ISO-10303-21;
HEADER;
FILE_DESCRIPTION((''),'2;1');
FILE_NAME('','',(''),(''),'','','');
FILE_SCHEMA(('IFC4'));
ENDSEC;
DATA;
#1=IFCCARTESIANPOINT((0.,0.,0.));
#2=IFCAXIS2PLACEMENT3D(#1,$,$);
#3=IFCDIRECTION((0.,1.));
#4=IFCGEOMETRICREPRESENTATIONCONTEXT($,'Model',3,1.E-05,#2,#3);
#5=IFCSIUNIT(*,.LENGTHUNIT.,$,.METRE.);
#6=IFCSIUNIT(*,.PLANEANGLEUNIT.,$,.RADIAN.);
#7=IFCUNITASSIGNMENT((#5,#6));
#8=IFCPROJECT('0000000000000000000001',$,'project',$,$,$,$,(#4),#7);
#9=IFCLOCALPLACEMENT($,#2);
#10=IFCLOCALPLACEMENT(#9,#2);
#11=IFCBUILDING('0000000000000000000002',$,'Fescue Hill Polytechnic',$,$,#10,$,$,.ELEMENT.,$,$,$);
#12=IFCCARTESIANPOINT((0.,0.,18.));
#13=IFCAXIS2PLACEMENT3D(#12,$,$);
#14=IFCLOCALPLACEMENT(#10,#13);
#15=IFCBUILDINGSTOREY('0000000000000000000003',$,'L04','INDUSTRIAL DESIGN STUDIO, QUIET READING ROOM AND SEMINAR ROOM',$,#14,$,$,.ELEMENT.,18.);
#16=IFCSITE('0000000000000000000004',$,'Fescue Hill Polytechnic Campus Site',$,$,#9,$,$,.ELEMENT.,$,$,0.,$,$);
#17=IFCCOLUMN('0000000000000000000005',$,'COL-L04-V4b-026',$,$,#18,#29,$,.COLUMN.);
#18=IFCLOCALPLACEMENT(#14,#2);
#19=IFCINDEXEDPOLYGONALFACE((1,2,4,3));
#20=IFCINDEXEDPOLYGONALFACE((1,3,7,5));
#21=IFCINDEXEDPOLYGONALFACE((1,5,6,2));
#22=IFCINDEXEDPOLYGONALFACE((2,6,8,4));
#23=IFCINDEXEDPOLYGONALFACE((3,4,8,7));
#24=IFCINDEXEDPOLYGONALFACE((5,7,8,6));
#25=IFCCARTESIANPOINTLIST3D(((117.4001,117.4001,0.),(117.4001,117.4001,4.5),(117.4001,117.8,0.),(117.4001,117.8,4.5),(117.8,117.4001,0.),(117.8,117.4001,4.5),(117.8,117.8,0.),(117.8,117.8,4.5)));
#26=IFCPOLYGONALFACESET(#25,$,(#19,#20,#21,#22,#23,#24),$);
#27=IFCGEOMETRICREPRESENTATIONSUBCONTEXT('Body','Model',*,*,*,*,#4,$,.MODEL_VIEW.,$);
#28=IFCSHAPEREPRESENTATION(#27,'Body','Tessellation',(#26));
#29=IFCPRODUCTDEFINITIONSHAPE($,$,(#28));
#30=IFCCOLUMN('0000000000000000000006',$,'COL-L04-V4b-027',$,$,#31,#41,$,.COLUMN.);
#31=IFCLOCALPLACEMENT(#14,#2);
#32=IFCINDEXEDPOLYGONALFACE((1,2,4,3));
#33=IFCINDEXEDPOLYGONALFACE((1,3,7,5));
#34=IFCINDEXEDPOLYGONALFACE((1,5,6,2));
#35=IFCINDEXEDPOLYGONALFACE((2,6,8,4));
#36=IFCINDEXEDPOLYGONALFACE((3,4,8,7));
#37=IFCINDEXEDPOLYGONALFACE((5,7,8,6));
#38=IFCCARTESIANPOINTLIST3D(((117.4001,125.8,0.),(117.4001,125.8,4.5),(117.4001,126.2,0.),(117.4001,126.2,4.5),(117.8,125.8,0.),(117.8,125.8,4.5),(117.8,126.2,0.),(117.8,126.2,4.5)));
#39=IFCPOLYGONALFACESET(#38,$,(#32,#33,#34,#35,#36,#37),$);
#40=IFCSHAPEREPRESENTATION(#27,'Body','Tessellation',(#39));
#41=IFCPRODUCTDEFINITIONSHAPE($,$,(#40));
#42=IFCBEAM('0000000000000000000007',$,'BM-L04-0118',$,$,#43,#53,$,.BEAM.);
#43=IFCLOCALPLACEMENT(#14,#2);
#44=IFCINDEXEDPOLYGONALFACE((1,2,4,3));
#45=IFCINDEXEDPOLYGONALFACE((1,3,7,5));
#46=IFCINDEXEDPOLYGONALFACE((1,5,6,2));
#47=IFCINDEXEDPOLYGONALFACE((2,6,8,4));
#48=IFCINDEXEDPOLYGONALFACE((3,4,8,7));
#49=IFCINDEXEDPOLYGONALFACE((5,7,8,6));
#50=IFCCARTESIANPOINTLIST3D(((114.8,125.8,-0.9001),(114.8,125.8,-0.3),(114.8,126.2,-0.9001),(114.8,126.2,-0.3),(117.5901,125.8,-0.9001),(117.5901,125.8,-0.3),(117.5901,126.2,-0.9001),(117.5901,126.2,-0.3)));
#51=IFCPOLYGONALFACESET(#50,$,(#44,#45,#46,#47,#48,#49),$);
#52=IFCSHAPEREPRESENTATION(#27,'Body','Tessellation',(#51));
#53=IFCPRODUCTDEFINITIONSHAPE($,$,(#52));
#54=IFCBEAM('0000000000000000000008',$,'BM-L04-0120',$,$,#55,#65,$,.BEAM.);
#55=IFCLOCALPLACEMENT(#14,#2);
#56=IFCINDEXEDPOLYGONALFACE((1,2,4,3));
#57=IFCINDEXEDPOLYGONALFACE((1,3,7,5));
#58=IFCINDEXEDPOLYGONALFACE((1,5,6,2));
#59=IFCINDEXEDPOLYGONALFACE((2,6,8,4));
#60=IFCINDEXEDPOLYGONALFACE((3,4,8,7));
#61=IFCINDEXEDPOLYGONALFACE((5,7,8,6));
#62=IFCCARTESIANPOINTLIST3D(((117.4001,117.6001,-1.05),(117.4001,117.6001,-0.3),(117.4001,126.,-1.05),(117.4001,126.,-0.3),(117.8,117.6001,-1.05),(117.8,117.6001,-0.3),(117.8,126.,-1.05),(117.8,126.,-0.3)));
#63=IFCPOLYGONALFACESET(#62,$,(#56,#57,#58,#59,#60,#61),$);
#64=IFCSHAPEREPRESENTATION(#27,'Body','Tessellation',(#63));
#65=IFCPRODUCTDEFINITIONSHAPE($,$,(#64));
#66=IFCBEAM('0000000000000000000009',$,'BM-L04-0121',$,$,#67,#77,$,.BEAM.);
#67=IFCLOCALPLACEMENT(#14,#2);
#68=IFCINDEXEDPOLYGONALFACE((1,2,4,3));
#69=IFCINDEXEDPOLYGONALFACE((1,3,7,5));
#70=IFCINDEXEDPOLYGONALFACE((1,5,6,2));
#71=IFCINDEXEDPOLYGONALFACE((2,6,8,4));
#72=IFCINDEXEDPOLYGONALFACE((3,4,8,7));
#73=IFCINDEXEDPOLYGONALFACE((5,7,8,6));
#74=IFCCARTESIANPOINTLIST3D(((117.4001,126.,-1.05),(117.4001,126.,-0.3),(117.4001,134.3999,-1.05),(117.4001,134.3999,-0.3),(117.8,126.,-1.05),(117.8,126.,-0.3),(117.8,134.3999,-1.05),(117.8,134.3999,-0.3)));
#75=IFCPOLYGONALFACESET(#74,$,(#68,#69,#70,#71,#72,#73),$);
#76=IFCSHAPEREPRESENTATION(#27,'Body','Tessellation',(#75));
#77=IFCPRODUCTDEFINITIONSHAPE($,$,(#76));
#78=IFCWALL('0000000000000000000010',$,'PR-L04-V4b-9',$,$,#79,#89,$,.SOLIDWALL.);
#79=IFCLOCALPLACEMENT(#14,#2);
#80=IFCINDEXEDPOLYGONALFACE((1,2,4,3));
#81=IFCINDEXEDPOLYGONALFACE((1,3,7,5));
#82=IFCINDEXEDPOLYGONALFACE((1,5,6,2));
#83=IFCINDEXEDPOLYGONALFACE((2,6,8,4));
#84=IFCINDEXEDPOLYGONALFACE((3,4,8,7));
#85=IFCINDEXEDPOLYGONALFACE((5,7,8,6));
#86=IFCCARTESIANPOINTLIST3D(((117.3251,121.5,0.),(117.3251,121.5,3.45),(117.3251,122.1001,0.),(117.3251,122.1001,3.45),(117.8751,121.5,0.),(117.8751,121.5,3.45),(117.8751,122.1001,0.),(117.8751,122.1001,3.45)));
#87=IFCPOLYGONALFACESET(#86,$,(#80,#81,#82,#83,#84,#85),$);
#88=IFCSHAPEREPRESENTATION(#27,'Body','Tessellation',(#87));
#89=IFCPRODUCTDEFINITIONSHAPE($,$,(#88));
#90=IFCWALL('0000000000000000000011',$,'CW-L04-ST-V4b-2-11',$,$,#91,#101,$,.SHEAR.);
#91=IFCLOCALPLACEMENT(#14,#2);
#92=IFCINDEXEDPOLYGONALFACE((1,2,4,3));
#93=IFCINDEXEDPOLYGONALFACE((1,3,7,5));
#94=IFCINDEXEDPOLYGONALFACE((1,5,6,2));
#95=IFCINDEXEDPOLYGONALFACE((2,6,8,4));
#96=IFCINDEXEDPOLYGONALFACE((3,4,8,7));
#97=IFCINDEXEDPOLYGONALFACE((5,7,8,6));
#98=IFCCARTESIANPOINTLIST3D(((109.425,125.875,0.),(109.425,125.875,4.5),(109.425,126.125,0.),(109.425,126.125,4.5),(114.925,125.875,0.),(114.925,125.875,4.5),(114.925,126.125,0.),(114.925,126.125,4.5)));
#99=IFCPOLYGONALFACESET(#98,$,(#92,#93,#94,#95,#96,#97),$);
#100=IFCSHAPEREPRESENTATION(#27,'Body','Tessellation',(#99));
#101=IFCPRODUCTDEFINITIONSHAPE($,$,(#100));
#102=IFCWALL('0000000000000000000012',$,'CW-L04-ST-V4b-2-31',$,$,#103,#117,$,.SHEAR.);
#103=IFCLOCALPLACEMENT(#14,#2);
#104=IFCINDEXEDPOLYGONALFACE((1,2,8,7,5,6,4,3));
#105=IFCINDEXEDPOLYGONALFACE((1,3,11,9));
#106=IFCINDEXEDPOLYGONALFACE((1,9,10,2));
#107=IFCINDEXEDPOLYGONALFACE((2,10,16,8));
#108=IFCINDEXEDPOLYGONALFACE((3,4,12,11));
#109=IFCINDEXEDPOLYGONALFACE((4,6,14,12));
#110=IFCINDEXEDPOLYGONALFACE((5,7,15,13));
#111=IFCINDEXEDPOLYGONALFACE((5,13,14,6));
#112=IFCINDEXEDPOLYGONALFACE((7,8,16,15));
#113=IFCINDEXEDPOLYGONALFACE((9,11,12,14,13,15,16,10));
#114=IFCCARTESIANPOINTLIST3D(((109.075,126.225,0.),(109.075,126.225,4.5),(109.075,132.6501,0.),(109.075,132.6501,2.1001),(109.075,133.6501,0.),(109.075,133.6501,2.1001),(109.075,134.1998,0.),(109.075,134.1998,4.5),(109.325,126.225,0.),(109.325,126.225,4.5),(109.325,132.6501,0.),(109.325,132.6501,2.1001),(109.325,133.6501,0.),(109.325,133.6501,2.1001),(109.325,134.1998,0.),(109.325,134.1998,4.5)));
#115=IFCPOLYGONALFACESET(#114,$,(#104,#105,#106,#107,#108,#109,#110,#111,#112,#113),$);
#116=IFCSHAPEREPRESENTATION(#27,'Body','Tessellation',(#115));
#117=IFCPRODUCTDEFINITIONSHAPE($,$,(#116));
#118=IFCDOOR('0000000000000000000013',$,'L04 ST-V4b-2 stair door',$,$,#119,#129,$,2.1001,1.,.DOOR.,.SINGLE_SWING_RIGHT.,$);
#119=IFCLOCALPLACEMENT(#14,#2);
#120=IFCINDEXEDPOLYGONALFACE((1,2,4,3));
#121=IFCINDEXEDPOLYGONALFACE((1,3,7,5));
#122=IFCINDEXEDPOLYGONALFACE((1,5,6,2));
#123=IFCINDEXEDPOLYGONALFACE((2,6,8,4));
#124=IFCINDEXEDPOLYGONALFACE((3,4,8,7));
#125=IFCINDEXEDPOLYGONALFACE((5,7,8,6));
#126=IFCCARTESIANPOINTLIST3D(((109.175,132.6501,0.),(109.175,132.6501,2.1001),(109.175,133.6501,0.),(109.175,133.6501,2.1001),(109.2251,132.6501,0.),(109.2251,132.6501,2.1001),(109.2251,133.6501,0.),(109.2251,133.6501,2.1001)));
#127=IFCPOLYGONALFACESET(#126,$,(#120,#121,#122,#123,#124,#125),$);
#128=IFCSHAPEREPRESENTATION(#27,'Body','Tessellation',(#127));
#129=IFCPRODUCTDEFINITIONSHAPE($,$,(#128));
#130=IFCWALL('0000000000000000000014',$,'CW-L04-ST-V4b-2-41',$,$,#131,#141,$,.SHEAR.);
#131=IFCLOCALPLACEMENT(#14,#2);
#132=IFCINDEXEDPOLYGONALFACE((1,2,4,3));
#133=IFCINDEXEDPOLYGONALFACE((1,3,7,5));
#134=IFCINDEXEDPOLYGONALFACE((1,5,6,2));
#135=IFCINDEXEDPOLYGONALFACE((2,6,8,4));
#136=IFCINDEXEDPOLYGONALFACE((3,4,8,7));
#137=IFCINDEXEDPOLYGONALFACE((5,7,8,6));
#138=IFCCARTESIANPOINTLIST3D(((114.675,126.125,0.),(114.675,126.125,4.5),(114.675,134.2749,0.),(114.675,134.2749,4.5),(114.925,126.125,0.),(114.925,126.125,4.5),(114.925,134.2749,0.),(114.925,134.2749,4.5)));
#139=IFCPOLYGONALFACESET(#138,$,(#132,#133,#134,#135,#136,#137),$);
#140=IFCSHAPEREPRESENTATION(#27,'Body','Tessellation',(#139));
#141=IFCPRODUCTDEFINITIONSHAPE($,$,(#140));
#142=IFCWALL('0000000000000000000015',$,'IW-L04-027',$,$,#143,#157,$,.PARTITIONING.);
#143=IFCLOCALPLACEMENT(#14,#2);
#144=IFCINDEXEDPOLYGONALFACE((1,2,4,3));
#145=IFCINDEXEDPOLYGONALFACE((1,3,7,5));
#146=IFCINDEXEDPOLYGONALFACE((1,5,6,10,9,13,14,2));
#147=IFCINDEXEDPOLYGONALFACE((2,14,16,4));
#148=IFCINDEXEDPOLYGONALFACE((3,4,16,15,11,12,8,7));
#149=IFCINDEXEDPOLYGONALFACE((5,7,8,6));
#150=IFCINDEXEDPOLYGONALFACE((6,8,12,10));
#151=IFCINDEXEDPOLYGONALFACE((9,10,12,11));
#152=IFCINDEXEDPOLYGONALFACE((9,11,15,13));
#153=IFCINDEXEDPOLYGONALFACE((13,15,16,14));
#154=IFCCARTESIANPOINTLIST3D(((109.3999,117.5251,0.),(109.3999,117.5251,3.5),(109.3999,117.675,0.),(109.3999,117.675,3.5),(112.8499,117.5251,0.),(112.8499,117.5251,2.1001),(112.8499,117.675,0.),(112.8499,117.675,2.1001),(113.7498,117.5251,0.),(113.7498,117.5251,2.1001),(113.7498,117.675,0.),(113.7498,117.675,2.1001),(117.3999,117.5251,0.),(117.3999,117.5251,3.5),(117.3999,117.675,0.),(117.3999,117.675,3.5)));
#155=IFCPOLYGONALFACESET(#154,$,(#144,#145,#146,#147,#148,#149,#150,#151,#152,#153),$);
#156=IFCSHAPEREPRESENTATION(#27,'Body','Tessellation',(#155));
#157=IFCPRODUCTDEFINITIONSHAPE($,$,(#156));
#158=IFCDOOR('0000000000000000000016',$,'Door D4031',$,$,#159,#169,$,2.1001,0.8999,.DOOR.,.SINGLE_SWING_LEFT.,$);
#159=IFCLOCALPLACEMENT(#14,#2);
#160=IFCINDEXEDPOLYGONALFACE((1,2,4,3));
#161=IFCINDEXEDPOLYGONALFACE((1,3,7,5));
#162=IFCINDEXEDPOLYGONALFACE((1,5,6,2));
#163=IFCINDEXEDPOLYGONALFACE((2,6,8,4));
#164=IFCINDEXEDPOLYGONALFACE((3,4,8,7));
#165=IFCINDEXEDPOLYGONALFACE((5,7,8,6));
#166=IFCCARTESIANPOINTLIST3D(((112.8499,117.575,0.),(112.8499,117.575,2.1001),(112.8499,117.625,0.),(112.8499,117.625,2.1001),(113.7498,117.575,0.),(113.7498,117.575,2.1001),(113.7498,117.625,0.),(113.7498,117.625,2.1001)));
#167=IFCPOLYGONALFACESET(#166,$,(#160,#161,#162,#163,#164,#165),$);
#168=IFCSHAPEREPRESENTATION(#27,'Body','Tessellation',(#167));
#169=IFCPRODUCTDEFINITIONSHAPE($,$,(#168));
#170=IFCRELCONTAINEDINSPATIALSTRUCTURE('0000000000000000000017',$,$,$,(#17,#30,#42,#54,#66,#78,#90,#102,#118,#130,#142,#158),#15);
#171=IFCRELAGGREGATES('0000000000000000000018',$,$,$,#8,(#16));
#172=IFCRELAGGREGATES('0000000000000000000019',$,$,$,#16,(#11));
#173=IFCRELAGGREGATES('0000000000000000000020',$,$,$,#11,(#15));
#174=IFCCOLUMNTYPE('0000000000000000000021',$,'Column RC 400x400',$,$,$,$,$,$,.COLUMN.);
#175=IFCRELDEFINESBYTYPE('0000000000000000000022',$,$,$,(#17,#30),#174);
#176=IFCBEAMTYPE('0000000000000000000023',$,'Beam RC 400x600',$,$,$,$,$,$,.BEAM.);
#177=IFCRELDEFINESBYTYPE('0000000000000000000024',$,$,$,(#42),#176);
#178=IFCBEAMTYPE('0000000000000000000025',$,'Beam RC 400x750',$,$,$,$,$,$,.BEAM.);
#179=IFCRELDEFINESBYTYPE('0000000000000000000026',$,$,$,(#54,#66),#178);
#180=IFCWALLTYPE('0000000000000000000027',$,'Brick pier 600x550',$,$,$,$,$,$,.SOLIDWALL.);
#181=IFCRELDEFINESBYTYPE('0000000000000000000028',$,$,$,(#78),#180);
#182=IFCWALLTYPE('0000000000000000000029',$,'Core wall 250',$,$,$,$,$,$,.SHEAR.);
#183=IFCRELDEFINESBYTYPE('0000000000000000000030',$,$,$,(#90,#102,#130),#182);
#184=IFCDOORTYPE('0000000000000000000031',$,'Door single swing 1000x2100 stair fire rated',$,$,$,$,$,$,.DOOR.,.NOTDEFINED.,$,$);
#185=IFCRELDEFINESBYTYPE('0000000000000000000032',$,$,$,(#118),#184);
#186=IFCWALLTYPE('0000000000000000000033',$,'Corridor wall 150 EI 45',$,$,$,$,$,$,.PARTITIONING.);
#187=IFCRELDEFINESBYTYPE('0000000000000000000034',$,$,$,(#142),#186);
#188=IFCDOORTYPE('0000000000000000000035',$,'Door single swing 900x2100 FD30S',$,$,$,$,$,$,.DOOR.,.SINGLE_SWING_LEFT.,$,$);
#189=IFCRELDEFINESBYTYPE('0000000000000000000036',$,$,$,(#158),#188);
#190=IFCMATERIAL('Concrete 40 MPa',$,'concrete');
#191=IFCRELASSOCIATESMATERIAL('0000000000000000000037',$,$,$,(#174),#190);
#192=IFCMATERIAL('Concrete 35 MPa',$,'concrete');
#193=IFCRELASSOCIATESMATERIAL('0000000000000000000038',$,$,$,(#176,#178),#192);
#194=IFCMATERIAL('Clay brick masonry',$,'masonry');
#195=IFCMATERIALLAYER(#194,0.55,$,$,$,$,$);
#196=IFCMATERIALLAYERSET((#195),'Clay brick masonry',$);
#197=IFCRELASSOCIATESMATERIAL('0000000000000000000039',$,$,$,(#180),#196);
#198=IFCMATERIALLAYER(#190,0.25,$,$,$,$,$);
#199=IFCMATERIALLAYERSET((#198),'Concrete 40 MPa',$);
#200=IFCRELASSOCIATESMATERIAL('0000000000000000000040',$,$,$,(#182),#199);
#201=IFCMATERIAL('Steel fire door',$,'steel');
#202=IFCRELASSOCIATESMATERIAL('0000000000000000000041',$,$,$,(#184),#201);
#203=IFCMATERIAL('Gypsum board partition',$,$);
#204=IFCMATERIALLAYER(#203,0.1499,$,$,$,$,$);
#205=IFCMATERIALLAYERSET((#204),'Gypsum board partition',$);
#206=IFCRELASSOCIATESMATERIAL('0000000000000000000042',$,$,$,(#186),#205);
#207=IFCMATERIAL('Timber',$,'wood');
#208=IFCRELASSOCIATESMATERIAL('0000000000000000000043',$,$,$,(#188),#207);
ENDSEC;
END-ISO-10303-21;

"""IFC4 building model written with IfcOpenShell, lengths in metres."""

from ifc_helpers import new_model, si_unit, direction, frame, frame_2d, origin, origin_2d, place, context, subcontext, project, spatial, rectangle, extrude, material, layer, layer_set, material_profile, profile_set, type_object, element, fill, save


model = new_model("IFC4")

# Units and contexts
model_context = context("Model", 3, precision=1e-05, world=origin(), true_north=direction((0.0, 1.0)))
body_context = subcontext(model_context, "Body", "Model", "MODEL_VIEW")
ifc_project = project(units=[si_unit("LENGTHUNIT", "METRE"), si_unit("PLANEANGLEUNIT", "RADIAN")], contexts=[model_context])

# Site, building, storey
site_placement = place(None, origin())
site = spatial("IfcSite", under=ifc_project, at=site_placement, Name="Fescue Hill Polytechnic Campus Site", CompositionType="ELEMENT", RefElevation=0.0)
building_placement = place(site_placement, origin())
building = spatial("IfcBuilding", under=site, at=building_placement, Name="Fescue Hill Polytechnic", CompositionType="ELEMENT")
storey_placement = place(building_placement, frame((0.0, 0.0, 18.0)))
storey = spatial("IfcBuildingStorey", under=building, at=storey_placement, Name="L04", Description="INDUSTRIAL DESIGN STUDIO, QUIET READING ROOM AND SEMINAR ROOM", CompositionType="ELEMENT", Elevation=18.0)

# Columns
ifc_material_1 = material(Name="Concrete 40 MPa", Category="concrete")
ifc_material_profile_1 = material_profile(ifc_material_1, rectangle(XDim=0.3999, YDim=0.3999, at=origin_2d()), Name="RC 400x400")
ifc_profile_set_1 = profile_set([ifc_material_profile_1], Name="Concrete 40 MPa")
column_type = type_object("IfcColumnType", Name="Column RC 400x400", PredefinedType="COLUMN", material=ifc_profile_set_1)
for number, where, z_axis, x_axis, name in (
    (1, (117.6001, 117.6001, 0.0), (0.0, 0.0, 1.0), (1.0, 0.0, 0.0), "COL-L04-V4b-026"),
    (2, (117.6001, 126.0, 0.0), (0.0, 0.0, 1.0), (1.0, 0.0, 0.0), "COL-L04-V4b-027"),
):
    element("IfcColumn", number, at=place(storey_placement, frame(where, z_axis=z_axis, x_axis=x_axis)), inside=storey, type_object=column_type, Name=name, PredefinedType="COLUMN", context=body_context, shape_type="SweptSolid", body=[
        extrude(rectangle(XDim=0.3999, YDim=0.3999, at=origin_2d()), origin(), (0.0, 0.0, 1.0), 4.5),
    ])

# Beams
ifc_material_2 = material(Name="Concrete 35 MPa", Category="concrete")
ifc_material_profile_2 = material_profile(ifc_material_2, rectangle(XDim=0.3999, YDim=0.6001, at=origin_2d()), Name="RC 400x600")
ifc_profile_set_2 = profile_set([ifc_material_profile_2], Name="Concrete 35 MPa")
beam_type_1 = type_object("IfcBeamType", Name="Beam RC 400x600", PredefinedType="BEAM", material=ifc_profile_set_2)
beam_placement = place(storey_placement, frame((114.8, 126.0, -0.6001), z_axis=(1.0, 0.0, 0.0), x_axis=(0.0, 1.0, 0.0)))
element("IfcBeam", 3, at=beam_placement, inside=storey, type_object=beam_type_1, Name="BM-L04-0118", PredefinedType="BEAM", context=body_context, shape_type="SweptSolid", body=[
    extrude(rectangle(XDim=0.3999, YDim=0.6001, at=origin_2d()), origin(), (0.0, 0.0, 1.0), 2.79),
])
ifc_material_profile_3 = material_profile(ifc_material_2, rectangle(XDim=0.3999, YDim=0.75, at=origin_2d()), Name="RC 400x750")
ifc_profile_set_3 = profile_set([ifc_material_profile_3], Name="Concrete 35 MPa")
beam_type_2 = type_object("IfcBeamType", Name="Beam RC 400x750", PredefinedType="BEAM", material=ifc_profile_set_3)
for number, where, z_axis, x_axis, name in (
    (4, (117.6001, 117.6001, -0.675), (0.0, 1.0, 0.0), (-1.0, 0.0, 0.0), "BM-L04-0120"),
    (5, (117.6001, 126.0, -0.675), (0.0, 1.0, 0.0), (-1.0, 0.0, 0.0), "BM-L04-0121"),
):
    element("IfcBeam", number, at=place(storey_placement, frame(where, z_axis=z_axis, x_axis=x_axis)), inside=storey, type_object=beam_type_2, Name=name, PredefinedType="BEAM", context=body_context, shape_type="SweptSolid", body=[
        extrude(rectangle(XDim=0.3999, YDim=0.75, at=origin_2d()), origin(), (0.0, 0.0, 1.0), 8.3999),
    ])

# Walls
ifc_material_3 = material(Name="Clay brick masonry", Category="masonry")
ifc_layer_1 = layer(ifc_material_3, 0.55)
ifc_layer_set_1 = layer_set([ifc_layer_1], Name="Clay brick masonry")
wall_type_1 = type_object("IfcWallType", Name="Brick pier 600x550", PredefinedType="SOLIDWALL", material=ifc_layer_set_1)
wall_1_placement = place(storey_placement, frame((117.6001, 121.5, 0.0), z_axis=(0.0, 0.0, 1.0), x_axis=(0.0, 1.0, 0.0)))
element("IfcWall", 6, at=wall_1_placement, inside=storey, type_object=wall_type_1, Name="PR-L04-V4b-9", PredefinedType="SOLIDWALL", context=body_context, shape_type="SweptSolid", body=[
    extrude(rectangle(XDim=0.6001, YDim=0.55, at=frame_2d((0.3, 0.0))), origin(), (0.0, 0.0, 1.0), 3.45),
])
ifc_layer_2 = layer(ifc_material_1, 0.25)
ifc_layer_set_2 = layer_set([ifc_layer_2], Name="Concrete 40 MPa")
wall_type_2 = type_object("IfcWallType", Name="Core wall 250", PredefinedType="SHEAR", material=ifc_layer_set_2)
wall_2_placement = place(storey_placement, frame((109.425, 126.0, 0.0), z_axis=(0.0, 0.0, 1.0), x_axis=(1.0, 0.0, 0.0)))
element("IfcWall", 7, at=wall_2_placement, inside=storey, type_object=wall_type_2, Name="CW-L04-ST-V4b-2-11", PredefinedType="SHEAR", context=body_context, shape_type="SweptSolid", body=[
    extrude(rectangle(XDim=5.5, YDim=0.25, at=frame_2d((2.75, 0.0))), origin(), (0.0, 0.0, 1.0), 4.5),
])

# Wall, opening, door
wall_3_placement = place(storey_placement, frame((109.2, 126.2251, 0.0), z_axis=(0.0, 0.0, 1.0), x_axis=(0.0, 1.0, 0.0)))
wall_3 = element("IfcWall", 8, at=wall_3_placement, inside=storey, type_object=wall_type_2, Name="CW-L04-ST-V4b-2-31", PredefinedType="SHEAR", context=body_context, shape_type="SweptSolid", body=[
    extrude(rectangle(XDim=7.9749, YDim=0.25, at=frame_2d((3.9873, 0.0))), origin(), (0.0, 0.0, 1.0), 4.5),
])
opening_1_placement = place(wall_3_placement, frame((6.425, 0.0, 0.0)))
opening_1 = element("IfcOpeningElement", 9, at=opening_1_placement, cuts=wall_3, PredefinedType="OPENING", context=body_context, shape_type="SweptSolid", body=[
    extrude(rectangle(XDim=1.0, YDim=2.1001, at=frame_2d((0.5, 1.05))), frame((0.0, 0.135, 0.0), z_axis=(0.0, -1.0, 0.0), x_axis=(1.0, 0.0, 0.0)), (0.0, 0.0, 1.0), 0.27),
])
ifc_material_4 = material(Name="Steel fire door", Category="steel")
door_type_1 = type_object("IfcDoorType", Name="Door single swing 1000x2100 stair fire rated", OperationType="NOTDEFINED", PredefinedType="DOOR", material=ifc_material_4)
door_1_placement = place(opening_1_placement, origin())
door_1 = element("IfcDoor", 10, at=door_1_placement, inside=storey, type_object=door_type_1, Name="L04 ST-V4b-2 stair door", OperationType="SINGLE_SWING_RIGHT", OverallHeight=2.1001, OverallWidth=1.0, PredefinedType="DOOR", context=body_context, shape_type="SweptSolid", body=[
    extrude(rectangle(XDim=1.0, YDim=2.1001, at=frame_2d((0.5, 1.05))), frame((0.0, 0.0249, 0.0), z_axis=(0.0, -1.0, 0.0), x_axis=(1.0, 0.0, 0.0)), (0.0, 0.0, 1.0), 0.05),
])
fill(opening_1, door_1)

# Wall
wall_4_placement = place(storey_placement, frame((114.8, 126.125, 0.0), z_axis=(0.0, 0.0, 1.0), x_axis=(0.0, 1.0, 0.0)))
element("IfcWall", 11, at=wall_4_placement, inside=storey, type_object=wall_type_2, Name="CW-L04-ST-V4b-2-41", PredefinedType="SHEAR", context=body_context, shape_type="SweptSolid", body=[
    extrude(rectangle(XDim=8.1499, YDim=0.25, at=frame_2d((4.075, 0.0))), origin(), (0.0, 0.0, 1.0), 4.5),
])

# Wall, opening, door
ifc_material_5 = material(Name="Gypsum board partition")
ifc_layer_3 = layer(ifc_material_5, 0.1499)
ifc_layer_set_3 = layer_set([ifc_layer_3], Name="Gypsum board partition")
wall_type_3 = type_object("IfcWallType", Name="Corridor wall 150 EI 45", PredefinedType="PARTITIONING", material=ifc_layer_set_3)
wall_5_placement = place(storey_placement, frame((109.3999, 117.6001, 0.0), z_axis=(0.0, 0.0, 1.0), x_axis=(1.0, 0.0, 0.0)))
wall_5 = element("IfcWall", 12, at=wall_5_placement, inside=storey, type_object=wall_type_3, Name="IW-L04-027", PredefinedType="PARTITIONING", context=body_context, shape_type="SweptSolid", body=[
    extrude(rectangle(XDim=8.0, YDim=0.1499, at=frame_2d((4.0, 0.0))), origin(), (0.0, 0.0, 1.0), 3.5),
])
opening_2_placement = place(wall_5_placement, frame((3.45, 0.0, 0.0)))
opening_2 = element("IfcOpeningElement", 13, at=opening_2_placement, cuts=wall_5, PredefinedType="OPENING", context=body_context, shape_type="SweptSolid", body=[
    extrude(rectangle(XDim=0.8999, YDim=2.1001, at=frame_2d((0.45, 1.05))), frame((0.0, 0.085, 0.0), z_axis=(0.0, -1.0, 0.0), x_axis=(1.0, 0.0, 0.0)), (0.0, 0.0, 1.0), 0.1699),
])
ifc_material_6 = material(Name="Timber", Category="wood")
door_type_2 = type_object("IfcDoorType", Name="Door single swing 900x2100 FD30S", OperationType="SINGLE_SWING_LEFT", PredefinedType="DOOR", material=ifc_material_6)
door_2_placement = place(opening_2_placement, origin())
door_2 = element("IfcDoor", 14, at=door_2_placement, inside=storey, type_object=door_type_2, Name="Door D4031", OperationType="SINGLE_SWING_LEFT", OverallHeight=2.1001, OverallWidth=0.8999, PredefinedType="DOOR", context=body_context, shape_type="SweptSolid", body=[
    extrude(rectangle(XDim=0.8999, YDim=2.1001, at=frame_2d((0.45, 1.05))), frame((0.0, 0.0249, 0.0), z_axis=(0.0, -1.0, 0.0), x_axis=(1.0, 0.0, 0.0)), (0.0, 0.0, 1.0), 0.05),
])
fill(opening_2, door_2)

save(model, "model.ifc")
